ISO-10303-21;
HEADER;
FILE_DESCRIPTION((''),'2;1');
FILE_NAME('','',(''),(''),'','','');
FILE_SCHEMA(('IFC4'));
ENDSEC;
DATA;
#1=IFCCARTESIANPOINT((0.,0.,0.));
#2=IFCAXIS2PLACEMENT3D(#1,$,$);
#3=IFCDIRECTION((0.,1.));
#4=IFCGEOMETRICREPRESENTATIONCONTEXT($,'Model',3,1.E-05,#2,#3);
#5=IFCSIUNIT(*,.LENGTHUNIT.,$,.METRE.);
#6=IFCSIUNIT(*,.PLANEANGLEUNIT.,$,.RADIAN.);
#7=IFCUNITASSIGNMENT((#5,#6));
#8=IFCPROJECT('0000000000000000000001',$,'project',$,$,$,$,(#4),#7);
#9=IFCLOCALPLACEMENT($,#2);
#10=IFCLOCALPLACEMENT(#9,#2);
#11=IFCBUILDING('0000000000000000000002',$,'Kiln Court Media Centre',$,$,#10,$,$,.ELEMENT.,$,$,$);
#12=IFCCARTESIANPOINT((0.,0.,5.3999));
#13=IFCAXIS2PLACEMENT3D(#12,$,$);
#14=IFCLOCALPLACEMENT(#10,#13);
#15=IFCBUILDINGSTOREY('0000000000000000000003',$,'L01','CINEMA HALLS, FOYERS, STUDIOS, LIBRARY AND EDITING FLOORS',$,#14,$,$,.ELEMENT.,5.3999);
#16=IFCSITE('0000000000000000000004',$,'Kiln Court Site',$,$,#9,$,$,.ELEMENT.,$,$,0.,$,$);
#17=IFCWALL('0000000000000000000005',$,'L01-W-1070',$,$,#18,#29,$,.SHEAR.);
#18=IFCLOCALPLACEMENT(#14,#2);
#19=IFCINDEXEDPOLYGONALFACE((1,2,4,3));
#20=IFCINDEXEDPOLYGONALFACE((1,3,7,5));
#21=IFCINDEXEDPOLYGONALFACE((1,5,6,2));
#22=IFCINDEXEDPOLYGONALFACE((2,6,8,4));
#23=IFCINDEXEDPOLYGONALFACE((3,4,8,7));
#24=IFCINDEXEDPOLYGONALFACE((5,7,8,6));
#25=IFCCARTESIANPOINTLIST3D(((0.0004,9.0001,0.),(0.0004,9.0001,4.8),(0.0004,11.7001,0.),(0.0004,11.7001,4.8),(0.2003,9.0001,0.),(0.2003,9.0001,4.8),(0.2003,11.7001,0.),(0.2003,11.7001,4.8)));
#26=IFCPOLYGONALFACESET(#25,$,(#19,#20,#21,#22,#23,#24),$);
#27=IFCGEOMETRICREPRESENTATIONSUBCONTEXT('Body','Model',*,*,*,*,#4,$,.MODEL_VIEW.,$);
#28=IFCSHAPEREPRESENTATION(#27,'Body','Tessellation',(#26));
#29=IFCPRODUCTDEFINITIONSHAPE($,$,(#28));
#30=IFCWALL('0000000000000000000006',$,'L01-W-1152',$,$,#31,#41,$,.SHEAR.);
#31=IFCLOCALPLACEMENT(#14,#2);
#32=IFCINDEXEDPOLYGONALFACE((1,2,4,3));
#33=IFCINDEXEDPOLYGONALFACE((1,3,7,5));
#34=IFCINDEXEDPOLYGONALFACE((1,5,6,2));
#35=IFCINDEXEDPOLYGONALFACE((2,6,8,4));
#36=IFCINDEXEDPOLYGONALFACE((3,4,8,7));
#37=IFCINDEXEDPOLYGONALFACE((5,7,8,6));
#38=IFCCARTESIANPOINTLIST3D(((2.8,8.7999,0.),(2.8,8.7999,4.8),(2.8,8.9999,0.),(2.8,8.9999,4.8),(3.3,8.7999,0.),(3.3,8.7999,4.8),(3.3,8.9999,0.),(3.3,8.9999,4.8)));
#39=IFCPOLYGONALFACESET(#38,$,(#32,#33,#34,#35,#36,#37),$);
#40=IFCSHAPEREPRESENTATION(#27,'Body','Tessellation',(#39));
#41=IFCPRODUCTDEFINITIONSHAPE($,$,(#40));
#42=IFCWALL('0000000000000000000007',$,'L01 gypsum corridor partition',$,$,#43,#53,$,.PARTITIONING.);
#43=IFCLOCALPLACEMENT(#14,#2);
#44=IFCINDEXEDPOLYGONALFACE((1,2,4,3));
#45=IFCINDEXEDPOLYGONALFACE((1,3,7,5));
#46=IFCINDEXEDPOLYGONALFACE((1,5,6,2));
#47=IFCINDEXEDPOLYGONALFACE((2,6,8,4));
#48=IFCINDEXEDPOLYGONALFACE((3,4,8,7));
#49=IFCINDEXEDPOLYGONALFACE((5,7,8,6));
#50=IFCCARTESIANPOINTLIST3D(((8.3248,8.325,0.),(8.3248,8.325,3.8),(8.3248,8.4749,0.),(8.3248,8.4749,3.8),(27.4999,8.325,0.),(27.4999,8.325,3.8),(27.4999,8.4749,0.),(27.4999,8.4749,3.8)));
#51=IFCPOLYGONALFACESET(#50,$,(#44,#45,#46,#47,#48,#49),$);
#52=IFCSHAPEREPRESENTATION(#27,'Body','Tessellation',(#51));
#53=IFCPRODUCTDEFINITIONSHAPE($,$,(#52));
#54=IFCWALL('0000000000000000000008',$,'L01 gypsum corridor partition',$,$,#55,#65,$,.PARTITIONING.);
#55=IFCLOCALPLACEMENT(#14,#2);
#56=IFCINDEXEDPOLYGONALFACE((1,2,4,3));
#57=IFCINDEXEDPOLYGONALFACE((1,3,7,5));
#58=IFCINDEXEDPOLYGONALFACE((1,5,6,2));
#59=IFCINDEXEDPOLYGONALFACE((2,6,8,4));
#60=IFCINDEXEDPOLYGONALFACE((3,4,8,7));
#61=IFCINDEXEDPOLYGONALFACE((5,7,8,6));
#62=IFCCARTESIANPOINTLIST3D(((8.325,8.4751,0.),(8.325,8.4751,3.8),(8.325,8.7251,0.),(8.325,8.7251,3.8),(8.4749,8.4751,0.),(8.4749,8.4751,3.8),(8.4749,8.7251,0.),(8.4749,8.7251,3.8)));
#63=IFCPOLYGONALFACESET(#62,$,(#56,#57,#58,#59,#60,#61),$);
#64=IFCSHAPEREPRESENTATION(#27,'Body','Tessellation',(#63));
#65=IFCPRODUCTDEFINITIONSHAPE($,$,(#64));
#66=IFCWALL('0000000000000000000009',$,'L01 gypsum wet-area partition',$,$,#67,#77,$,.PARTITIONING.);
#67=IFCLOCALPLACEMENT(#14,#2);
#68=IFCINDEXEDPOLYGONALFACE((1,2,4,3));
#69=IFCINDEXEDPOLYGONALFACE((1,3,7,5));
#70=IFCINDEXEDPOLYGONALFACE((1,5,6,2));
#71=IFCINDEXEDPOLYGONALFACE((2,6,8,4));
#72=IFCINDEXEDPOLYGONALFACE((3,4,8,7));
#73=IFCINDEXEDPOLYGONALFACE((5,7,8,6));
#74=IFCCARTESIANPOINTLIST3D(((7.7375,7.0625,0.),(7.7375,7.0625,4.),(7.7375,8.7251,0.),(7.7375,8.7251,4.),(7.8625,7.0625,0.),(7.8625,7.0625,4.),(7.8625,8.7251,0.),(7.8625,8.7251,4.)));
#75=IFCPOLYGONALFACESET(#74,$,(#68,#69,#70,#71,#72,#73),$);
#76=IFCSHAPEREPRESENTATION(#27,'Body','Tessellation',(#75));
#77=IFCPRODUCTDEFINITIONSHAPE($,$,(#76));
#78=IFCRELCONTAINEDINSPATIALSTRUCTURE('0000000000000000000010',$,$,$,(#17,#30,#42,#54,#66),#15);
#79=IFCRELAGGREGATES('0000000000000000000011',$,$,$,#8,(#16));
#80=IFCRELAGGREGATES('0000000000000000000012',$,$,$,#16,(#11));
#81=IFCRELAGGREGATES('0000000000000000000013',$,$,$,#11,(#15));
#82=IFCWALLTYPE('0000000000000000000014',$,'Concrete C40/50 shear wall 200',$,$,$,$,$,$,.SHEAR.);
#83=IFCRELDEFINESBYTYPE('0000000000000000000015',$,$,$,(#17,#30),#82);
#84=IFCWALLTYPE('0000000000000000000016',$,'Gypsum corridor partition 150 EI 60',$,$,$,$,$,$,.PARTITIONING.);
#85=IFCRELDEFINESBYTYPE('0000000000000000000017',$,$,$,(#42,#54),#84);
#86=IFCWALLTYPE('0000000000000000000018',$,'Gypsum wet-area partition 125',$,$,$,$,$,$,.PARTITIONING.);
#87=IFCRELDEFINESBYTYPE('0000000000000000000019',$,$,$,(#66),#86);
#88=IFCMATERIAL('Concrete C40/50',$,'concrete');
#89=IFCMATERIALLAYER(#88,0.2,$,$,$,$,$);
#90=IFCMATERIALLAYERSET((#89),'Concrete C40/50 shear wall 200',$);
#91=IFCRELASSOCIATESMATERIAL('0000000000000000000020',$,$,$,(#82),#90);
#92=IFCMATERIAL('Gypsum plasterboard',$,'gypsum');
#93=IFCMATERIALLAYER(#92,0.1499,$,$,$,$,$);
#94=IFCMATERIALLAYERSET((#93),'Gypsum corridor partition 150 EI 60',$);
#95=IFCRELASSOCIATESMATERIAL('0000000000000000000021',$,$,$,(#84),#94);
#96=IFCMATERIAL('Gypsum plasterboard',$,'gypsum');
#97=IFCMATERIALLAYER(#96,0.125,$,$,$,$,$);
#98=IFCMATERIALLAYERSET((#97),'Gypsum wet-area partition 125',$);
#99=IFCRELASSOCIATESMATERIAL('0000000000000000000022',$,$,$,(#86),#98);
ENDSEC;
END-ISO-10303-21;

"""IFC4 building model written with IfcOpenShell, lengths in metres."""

from ifc_helpers import new_model, si_unit, direction, frame, frame_2d, origin, place, context, subcontext, project, spatial, rectangle, extrude, material, layer, layer_set, type_object, element, save


model = new_model("IFC4")

# Units and contexts
model_context = context("Model", 3, precision=1e-05, world=origin(), true_north=direction((0.0, 1.0)))
body_context = subcontext(model_context, "Body", "Model", "MODEL_VIEW")
ifc_project = project(units=[si_unit("LENGTHUNIT", "METRE"), si_unit("PLANEANGLEUNIT", "RADIAN")], contexts=[model_context])

# Site, building, storey
site_placement = place(None, origin())
site = spatial("IfcSite", under=ifc_project, at=site_placement, Name="Kiln Court Site", CompositionType="ELEMENT", RefElevation=0.0)
building_placement = place(site_placement, origin())
building = spatial("IfcBuilding", under=site, at=building_placement, Name="Kiln Court Media Centre", CompositionType="ELEMENT")
storey_placement = place(building_placement, frame((0.0, 0.0, 5.3999)))
storey = spatial("IfcBuildingStorey", under=building, at=storey_placement, Name="L01", Description="CINEMA HALLS, FOYERS, STUDIOS, LIBRARY AND EDITING FLOORS", CompositionType="ELEMENT", Elevation=5.3999)

# Shared definitions
ifc_material_1 = material(Name="Concrete C40/50", Category="concrete")
ifc_layer_1 = layer(ifc_material_1, 0.2)
ifc_layer_set_1 = layer_set([ifc_layer_1], Name="Concrete C40/50 shear wall 200")
wall_type_1 = type_object("IfcWallType", Name="Concrete C40/50 shear wall 200", PredefinedType="SHEAR", material=ifc_layer_set_1)

# Walls
wall_1_placement = place(storey_placement, frame((0.1003, 9.0, 0.0), z_axis=(0.0, 0.0, 1.0), x_axis=(0.0, 1.0, 0.0)))
element("IfcWall", 1, at=wall_1_placement, inside=storey, type_object=wall_type_1, Name="L01-W-1070", PredefinedType="SHEAR", context=body_context, shape_type="SweptSolid", body=[
    extrude(rectangle(XDim=2.7, YDim=0.2, at=frame_2d((1.3501, 0.0))), origin(), (0.0, 0.0, 1.0), 4.8),
])
wall_2_placement = place(storey_placement, frame((3.3, 8.8999, 0.0), z_axis=(0.0, 0.0, 1.0), x_axis=(-1.0, 0.0, 0.0)))
element("IfcWall", 2, at=wall_2_placement, inside=storey, type_object=wall_type_1, Name="L01-W-1152", PredefinedType="SHEAR", context=body_context, shape_type="SweptSolid", body=[
    extrude(rectangle(XDim=0.5, YDim=0.2, at=frame_2d((0.25, 0.0))), origin(), (0.0, 0.0, 1.0), 4.8),
])
ifc_material_2 = material(Name="Gypsum plasterboard", Category="gypsum")
ifc_layer_2 = layer(ifc_material_2, 0.1499)
ifc_layer_set_2 = layer_set([ifc_layer_2], Name="Gypsum corridor partition 150 EI 60")
wall_type_2 = type_object("IfcWallType", Name="Gypsum corridor partition 150 EI 60", PredefinedType="PARTITIONING", material=ifc_layer_set_2)
wall_3_placement = place(storey_placement, frame((8.325, 8.3999, 0.0), z_axis=(0.0, 0.0, 1.0), x_axis=(1.0, 0.0, 0.0)))
element("IfcWall", 3, at=wall_3_placement, inside=storey, type_object=wall_type_2, Name="L01 gypsum corridor partition", PredefinedType="PARTITIONING", context=body_context, shape_type="SweptSolid", body=[
    extrude(rectangle(XDim=19.175, YDim=0.1499, at=frame_2d((9.5874, 0.0))), origin(), (0.0, 0.0, 1.0), 3.8),
])
wall_4_placement = place(storey_placement, frame((8.3999, 8.4751, 0.0), z_axis=(0.0, 0.0, 1.0), x_axis=(0.0, 1.0, 0.0)))
element("IfcWall", 4, at=wall_4_placement, inside=storey, type_object=wall_type_2, Name="L01 gypsum corridor partition", PredefinedType="PARTITIONING", context=body_context, shape_type="SweptSolid", body=[
    extrude(rectangle(XDim=0.25, YDim=0.1499, at=frame_2d((0.125, 0.0))), origin(), (0.0, 0.0, 1.0), 3.8),
])
ifc_material_3 = material(Name="Gypsum plasterboard", Category="gypsum")
ifc_layer_3 = layer(ifc_material_3, 0.125)
ifc_layer_set_3 = layer_set([ifc_layer_3], Name="Gypsum wet-area partition 125")
wall_type_3 = type_object("IfcWallType", Name="Gypsum wet-area partition 125", PredefinedType="PARTITIONING", material=ifc_layer_set_3)
wall_5_placement = place(storey_placement, frame((7.8, 7.0625, 0.0), z_axis=(0.0, 0.0, 1.0), x_axis=(0.0, 1.0, 0.0)))
element("IfcWall", 5, at=wall_5_placement, inside=storey, type_object=wall_type_3, Name="L01 gypsum wet-area partition", PredefinedType="PARTITIONING", context=body_context, shape_type="SweptSolid", body=[
    extrude(rectangle(XDim=1.6626, YDim=0.125, at=frame_2d((0.8313, 0.0))), origin(), (0.0, 0.0, 1.0), 4.0),
])

save(model, "model.ifc")
